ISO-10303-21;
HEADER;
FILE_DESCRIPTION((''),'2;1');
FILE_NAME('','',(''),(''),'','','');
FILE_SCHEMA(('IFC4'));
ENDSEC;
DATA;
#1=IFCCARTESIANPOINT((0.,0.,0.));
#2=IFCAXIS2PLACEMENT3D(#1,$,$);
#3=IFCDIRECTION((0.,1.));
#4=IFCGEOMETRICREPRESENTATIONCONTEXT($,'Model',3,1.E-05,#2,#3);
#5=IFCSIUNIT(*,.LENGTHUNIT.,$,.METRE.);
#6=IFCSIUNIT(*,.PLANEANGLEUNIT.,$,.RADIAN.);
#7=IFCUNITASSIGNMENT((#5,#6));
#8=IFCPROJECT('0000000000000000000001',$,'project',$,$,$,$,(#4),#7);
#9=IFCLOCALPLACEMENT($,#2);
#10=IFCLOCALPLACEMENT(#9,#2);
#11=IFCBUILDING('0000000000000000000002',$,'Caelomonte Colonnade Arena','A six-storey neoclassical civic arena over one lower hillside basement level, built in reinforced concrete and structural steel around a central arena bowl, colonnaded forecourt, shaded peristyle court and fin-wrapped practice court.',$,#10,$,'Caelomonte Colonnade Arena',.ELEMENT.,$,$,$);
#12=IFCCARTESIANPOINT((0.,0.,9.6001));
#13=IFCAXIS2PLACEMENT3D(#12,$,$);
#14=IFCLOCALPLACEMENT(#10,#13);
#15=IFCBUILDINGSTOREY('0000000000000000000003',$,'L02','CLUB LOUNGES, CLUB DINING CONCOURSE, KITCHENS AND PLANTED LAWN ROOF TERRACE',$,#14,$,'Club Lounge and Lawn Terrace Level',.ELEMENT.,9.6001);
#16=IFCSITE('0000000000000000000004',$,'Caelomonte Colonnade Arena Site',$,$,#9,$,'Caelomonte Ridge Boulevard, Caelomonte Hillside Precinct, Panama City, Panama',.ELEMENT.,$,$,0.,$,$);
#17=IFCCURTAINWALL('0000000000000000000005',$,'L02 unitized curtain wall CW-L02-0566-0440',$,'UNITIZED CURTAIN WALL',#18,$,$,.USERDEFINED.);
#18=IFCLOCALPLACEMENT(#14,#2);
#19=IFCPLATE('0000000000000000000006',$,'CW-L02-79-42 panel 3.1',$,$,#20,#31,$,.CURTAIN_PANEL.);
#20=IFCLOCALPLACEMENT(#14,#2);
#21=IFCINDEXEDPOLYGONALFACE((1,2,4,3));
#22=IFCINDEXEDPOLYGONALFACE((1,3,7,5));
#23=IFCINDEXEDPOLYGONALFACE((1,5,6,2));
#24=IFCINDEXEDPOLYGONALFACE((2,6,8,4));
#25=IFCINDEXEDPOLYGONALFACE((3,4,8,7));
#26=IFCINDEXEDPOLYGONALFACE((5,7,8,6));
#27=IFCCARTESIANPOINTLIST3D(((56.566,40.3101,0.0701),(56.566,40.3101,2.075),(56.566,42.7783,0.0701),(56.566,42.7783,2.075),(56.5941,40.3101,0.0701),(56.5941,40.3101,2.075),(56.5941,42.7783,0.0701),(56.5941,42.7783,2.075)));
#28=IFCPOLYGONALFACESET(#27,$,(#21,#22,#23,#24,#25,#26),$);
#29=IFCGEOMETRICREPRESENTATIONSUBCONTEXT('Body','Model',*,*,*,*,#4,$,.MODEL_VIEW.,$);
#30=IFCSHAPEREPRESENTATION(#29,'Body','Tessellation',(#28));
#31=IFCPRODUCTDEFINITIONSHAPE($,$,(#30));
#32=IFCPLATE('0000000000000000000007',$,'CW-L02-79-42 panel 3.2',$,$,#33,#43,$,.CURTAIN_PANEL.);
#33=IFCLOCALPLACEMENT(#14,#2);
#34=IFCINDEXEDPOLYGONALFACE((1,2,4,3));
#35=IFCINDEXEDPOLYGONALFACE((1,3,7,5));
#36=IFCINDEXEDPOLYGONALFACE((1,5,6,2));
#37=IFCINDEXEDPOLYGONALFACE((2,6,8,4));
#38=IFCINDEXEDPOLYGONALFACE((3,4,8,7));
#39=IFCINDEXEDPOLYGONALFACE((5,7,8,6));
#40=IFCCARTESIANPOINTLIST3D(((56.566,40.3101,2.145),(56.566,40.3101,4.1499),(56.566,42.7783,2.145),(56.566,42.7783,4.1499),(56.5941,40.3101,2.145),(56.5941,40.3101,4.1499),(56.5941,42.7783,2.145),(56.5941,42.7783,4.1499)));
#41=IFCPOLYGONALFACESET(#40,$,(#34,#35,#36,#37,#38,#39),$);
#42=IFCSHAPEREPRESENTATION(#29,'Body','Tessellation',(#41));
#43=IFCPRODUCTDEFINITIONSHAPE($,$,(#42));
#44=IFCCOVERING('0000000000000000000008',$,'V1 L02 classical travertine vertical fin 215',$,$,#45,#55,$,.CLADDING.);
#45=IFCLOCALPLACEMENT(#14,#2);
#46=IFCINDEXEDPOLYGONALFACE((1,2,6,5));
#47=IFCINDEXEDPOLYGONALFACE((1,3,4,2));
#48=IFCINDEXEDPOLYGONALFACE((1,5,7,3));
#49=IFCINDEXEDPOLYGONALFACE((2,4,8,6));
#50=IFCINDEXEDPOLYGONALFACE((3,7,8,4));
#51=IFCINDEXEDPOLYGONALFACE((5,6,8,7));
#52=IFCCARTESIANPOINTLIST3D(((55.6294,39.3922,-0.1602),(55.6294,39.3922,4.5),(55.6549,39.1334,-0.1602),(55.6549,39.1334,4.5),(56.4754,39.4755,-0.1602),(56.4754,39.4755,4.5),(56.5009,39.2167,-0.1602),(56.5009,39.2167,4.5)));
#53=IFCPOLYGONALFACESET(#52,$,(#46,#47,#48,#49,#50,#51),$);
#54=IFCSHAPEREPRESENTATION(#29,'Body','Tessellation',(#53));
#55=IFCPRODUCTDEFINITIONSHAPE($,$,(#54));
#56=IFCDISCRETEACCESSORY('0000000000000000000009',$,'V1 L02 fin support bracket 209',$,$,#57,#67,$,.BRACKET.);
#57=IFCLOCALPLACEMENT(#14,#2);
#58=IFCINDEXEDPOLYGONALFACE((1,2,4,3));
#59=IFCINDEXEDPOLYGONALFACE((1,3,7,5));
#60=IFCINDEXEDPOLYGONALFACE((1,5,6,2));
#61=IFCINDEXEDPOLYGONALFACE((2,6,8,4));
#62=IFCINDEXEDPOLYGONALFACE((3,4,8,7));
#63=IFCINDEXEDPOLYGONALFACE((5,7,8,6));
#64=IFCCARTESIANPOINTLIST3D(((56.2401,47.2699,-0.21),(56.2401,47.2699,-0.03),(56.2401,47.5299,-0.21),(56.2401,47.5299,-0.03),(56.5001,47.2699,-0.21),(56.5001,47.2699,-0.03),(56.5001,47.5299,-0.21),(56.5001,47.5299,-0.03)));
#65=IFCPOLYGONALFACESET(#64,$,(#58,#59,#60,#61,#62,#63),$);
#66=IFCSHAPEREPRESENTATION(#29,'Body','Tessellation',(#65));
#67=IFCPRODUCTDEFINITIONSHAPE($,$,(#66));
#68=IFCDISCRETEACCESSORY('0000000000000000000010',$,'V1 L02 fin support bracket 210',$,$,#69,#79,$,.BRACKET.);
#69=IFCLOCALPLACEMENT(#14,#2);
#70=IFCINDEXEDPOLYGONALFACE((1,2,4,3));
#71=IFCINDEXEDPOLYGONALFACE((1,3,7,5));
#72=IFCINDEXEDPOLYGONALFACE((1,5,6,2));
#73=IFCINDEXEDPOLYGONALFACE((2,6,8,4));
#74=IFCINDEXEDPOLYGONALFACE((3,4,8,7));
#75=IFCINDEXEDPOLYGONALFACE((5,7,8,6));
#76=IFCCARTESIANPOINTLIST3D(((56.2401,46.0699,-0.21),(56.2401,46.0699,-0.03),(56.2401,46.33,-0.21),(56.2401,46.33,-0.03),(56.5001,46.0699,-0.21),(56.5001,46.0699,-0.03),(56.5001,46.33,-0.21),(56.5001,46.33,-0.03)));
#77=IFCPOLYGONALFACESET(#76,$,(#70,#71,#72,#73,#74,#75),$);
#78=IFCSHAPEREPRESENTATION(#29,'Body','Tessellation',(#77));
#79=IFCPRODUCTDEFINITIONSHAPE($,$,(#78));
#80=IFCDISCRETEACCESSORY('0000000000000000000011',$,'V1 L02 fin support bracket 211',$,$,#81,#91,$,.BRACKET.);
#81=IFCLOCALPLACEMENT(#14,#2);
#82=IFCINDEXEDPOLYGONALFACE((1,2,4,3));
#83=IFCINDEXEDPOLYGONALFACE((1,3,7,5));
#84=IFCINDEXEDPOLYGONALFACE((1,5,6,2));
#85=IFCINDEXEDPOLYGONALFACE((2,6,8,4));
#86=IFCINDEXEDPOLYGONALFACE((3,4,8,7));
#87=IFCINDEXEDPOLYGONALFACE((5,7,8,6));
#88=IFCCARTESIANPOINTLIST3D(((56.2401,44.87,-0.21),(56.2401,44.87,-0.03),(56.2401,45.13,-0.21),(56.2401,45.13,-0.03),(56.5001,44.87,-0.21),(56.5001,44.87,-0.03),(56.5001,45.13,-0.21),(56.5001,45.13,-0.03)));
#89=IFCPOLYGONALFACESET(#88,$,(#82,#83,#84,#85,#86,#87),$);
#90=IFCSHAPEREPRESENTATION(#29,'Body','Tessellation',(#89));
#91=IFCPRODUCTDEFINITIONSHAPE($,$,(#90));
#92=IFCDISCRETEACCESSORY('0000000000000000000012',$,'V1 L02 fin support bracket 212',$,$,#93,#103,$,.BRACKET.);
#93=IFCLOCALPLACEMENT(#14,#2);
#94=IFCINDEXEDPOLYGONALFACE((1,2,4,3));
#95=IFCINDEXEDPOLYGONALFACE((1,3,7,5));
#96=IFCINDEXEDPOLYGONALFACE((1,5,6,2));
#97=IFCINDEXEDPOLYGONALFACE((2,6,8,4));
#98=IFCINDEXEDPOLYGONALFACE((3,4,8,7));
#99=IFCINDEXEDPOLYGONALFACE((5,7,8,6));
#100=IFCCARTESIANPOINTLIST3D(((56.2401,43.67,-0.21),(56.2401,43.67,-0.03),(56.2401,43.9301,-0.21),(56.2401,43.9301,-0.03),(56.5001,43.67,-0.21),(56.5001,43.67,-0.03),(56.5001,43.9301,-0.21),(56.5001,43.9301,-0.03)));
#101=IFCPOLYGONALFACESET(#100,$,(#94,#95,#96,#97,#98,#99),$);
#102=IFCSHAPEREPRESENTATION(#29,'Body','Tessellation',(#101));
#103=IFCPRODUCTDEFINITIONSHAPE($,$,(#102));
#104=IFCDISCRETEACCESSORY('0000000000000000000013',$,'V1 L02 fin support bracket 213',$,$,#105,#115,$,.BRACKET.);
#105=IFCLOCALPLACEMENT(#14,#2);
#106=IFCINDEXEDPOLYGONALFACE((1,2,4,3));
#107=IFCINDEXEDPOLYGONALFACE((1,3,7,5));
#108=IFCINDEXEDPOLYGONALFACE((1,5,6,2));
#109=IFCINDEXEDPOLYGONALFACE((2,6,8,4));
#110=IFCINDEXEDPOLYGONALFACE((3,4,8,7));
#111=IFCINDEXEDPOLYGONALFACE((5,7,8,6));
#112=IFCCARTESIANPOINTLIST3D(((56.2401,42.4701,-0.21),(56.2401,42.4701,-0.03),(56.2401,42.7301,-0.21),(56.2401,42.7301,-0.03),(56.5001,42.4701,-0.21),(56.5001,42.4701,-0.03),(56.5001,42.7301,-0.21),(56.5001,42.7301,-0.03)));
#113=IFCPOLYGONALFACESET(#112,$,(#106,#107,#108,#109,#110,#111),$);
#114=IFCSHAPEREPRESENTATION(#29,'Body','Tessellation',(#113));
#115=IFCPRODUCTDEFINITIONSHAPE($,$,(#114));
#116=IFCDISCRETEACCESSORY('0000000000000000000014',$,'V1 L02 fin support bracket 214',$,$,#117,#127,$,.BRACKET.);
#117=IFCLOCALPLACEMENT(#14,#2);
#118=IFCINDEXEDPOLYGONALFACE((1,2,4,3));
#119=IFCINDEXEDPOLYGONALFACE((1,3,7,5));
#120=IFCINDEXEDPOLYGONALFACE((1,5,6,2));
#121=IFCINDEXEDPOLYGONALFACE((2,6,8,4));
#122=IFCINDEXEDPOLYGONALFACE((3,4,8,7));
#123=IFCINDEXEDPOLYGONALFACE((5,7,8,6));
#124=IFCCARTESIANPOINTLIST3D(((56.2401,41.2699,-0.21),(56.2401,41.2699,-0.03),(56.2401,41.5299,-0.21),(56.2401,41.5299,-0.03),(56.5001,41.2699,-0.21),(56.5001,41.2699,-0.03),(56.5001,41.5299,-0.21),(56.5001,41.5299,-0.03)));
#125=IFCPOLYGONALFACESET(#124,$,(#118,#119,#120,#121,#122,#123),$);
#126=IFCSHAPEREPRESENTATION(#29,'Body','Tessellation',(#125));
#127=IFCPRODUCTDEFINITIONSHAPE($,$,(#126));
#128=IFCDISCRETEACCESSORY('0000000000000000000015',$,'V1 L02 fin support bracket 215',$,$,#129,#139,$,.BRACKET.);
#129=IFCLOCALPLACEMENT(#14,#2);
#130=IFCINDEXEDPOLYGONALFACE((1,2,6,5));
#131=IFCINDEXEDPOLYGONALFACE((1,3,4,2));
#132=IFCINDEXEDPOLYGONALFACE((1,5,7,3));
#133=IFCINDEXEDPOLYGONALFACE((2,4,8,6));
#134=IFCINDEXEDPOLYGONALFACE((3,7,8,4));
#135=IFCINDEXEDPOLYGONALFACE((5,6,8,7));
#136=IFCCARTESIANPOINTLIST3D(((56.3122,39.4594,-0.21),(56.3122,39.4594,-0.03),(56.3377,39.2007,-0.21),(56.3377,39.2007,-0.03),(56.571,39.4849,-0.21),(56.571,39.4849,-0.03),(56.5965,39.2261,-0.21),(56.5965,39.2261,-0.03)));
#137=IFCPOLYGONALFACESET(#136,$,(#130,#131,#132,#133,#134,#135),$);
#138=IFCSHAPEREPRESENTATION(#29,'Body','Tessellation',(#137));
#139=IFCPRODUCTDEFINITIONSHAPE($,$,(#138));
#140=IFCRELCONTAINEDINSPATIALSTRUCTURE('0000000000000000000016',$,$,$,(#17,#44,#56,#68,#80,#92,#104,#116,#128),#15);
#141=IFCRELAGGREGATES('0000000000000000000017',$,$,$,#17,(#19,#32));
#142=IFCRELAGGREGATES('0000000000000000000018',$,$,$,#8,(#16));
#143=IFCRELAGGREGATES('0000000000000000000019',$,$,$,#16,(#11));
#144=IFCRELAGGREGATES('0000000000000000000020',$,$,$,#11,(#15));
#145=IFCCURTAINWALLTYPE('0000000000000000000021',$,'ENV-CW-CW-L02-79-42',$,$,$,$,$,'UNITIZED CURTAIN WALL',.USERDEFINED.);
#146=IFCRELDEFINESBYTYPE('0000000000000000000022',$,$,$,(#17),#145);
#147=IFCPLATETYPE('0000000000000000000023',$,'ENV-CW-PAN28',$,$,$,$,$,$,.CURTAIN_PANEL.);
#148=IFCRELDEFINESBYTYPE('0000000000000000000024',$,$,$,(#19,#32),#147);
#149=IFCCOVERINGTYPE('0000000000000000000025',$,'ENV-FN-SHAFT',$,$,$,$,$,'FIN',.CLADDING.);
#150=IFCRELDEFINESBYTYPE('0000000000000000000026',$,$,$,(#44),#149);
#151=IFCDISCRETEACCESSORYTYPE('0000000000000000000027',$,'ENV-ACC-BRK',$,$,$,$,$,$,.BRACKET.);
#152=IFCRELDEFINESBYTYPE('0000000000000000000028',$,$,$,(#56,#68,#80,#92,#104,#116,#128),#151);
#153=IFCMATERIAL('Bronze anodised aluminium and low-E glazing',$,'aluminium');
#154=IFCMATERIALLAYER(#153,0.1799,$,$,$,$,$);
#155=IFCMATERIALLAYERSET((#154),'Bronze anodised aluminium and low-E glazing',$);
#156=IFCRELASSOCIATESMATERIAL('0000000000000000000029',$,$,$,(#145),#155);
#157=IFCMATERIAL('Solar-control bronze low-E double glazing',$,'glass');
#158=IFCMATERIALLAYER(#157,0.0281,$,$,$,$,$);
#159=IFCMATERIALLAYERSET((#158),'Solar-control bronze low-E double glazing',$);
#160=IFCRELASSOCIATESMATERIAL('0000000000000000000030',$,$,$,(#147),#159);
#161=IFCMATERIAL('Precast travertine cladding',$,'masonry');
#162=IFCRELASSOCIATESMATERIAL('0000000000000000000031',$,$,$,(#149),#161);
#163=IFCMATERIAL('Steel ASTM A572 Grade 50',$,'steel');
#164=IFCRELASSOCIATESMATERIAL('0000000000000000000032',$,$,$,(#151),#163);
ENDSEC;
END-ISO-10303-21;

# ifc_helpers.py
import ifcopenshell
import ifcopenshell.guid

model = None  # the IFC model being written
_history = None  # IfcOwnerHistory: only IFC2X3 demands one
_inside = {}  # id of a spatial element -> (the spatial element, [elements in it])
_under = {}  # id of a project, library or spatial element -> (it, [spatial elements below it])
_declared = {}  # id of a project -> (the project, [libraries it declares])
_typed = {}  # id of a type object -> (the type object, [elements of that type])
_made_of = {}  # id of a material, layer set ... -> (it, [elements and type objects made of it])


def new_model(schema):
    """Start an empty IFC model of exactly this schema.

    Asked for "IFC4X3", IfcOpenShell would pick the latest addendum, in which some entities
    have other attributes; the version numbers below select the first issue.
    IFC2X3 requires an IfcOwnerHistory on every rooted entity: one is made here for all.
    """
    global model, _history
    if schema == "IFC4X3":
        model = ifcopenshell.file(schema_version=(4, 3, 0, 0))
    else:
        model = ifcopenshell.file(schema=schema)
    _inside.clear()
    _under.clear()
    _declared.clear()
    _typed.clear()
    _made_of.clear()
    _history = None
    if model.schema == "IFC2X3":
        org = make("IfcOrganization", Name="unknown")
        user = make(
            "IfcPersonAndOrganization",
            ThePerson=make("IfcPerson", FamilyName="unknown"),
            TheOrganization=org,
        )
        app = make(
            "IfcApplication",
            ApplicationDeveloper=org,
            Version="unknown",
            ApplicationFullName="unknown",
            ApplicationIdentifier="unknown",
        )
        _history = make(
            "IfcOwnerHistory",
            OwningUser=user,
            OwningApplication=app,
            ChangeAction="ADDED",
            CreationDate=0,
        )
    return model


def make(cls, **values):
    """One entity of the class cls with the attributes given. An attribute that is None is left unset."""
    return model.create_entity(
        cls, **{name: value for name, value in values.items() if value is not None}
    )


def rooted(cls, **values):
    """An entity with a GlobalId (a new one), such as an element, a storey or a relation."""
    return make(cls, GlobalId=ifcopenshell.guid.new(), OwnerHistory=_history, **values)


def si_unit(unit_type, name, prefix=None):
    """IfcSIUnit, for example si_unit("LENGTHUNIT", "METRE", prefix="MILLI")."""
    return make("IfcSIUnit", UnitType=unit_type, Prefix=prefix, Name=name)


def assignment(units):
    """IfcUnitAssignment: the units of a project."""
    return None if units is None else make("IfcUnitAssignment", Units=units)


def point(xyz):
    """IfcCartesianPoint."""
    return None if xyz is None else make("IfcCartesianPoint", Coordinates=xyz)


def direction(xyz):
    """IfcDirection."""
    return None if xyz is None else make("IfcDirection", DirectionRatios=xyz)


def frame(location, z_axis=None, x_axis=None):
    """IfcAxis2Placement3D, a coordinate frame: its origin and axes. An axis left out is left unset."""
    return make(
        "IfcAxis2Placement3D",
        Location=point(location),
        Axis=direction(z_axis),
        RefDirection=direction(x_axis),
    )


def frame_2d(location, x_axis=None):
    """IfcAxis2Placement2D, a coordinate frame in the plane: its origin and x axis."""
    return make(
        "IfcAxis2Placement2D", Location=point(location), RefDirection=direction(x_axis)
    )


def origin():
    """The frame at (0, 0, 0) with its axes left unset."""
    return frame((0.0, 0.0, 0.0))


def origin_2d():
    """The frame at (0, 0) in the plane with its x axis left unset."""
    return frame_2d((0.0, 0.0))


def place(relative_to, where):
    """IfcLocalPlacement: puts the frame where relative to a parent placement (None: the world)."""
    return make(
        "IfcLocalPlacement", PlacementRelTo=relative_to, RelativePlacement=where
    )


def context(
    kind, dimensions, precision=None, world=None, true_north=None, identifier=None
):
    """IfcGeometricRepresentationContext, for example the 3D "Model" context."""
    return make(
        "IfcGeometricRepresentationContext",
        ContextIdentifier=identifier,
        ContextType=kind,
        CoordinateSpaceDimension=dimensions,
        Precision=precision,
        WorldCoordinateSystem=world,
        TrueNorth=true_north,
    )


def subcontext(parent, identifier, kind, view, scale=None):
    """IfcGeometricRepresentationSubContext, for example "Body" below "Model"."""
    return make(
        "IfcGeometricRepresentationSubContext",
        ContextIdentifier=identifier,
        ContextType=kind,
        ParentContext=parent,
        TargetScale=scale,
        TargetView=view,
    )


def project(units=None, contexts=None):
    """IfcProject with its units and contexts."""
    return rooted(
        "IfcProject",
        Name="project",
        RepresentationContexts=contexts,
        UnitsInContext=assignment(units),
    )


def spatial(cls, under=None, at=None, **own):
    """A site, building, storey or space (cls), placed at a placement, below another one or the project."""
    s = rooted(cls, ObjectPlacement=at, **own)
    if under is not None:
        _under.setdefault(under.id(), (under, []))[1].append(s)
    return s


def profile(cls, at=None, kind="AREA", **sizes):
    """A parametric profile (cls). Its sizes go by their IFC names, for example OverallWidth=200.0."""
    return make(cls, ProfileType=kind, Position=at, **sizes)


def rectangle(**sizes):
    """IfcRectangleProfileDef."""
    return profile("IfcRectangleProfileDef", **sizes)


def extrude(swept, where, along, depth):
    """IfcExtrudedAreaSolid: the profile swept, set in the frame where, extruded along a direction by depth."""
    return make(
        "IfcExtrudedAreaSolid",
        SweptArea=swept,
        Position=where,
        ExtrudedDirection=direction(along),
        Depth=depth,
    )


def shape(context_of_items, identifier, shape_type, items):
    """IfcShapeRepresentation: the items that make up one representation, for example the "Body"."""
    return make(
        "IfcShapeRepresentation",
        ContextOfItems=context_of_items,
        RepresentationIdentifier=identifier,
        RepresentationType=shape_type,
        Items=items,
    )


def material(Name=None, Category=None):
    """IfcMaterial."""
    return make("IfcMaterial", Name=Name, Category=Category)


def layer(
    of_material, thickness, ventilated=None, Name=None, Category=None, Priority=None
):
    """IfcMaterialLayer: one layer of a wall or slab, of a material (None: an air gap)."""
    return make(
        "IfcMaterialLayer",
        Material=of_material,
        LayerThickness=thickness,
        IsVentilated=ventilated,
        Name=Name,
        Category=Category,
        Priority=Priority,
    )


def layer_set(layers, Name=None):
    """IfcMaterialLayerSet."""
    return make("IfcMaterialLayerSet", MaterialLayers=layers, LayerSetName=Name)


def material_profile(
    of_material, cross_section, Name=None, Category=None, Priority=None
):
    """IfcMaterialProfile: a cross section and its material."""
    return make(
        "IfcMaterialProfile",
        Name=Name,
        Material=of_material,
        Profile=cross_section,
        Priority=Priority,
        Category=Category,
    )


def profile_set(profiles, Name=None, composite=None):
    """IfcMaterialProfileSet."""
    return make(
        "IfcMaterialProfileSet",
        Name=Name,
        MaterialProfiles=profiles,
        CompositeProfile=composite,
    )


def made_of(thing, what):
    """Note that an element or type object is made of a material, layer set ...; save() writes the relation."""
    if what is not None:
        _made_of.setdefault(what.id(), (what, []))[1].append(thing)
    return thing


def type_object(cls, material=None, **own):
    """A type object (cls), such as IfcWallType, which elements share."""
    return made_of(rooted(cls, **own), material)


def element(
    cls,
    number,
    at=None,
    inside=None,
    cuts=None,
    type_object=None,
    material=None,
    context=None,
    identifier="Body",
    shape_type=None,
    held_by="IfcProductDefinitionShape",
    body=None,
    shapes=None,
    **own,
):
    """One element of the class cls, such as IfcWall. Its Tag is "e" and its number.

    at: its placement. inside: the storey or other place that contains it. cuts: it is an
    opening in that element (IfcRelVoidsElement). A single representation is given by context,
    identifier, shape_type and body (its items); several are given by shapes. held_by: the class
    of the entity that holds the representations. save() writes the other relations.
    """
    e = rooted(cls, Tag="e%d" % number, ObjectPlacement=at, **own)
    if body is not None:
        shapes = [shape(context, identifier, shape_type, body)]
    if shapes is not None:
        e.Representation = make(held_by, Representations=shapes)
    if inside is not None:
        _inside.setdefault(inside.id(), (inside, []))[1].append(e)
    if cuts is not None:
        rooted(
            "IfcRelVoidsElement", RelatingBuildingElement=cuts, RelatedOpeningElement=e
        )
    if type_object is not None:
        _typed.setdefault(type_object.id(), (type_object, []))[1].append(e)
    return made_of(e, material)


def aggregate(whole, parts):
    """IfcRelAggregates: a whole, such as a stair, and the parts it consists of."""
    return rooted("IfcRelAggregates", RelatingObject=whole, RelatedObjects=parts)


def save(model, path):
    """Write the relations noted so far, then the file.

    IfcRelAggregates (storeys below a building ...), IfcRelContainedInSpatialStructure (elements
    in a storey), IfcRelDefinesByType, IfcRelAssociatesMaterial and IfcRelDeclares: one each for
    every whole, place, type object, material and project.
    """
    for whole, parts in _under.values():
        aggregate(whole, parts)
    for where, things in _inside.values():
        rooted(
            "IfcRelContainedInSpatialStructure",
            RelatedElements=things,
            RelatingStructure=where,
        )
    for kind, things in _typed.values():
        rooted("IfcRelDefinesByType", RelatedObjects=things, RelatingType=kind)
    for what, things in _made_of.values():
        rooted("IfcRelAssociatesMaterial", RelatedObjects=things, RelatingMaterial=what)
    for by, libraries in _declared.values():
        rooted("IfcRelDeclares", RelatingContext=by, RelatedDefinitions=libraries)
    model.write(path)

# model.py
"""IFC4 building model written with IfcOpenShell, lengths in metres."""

from ifc_helpers import new_model, si_unit, direction, frame, origin, origin_2d, place, context, subcontext, project, spatial, rectangle, extrude, material, layer, layer_set, material_profile, profile_set, type_object, element, aggregate, save


model = new_model("IFC4")

# Units and contexts
model_context = context("Model", 3, precision=1e-05, world=origin(), true_north=direction((0.0, 1.0)))
body_context = subcontext(model_context, "Body", "Model", "MODEL_VIEW")
ifc_project = project(units=[si_unit("LENGTHUNIT", "METRE"), si_unit("PLANEANGLEUNIT", "RADIAN")], contexts=[model_context])

# Site, building, storey
site_placement = place(None, origin())
site = spatial("IfcSite", under=ifc_project, at=site_placement, Name="Caelomonte Colonnade Arena Site", LongName="Caelomonte Ridge Boulevard, Caelomonte Hillside Precinct, Panama City, Panama", CompositionType="ELEMENT", RefElevation=0.0)
building_placement = place(site_placement, origin())
building = spatial("IfcBuilding", under=site, at=building_placement, Name="Caelomonte Colonnade Arena", Description="A six-storey neoclassical civic arena over one lower hillside basement level, built in reinforced concrete and structural steel around a central arena bowl, colonnaded forecourt, shaded peristyle court and fin-wrapped practice court.", LongName="Caelomonte Colonnade Arena", CompositionType="ELEMENT")
storey_placement = place(building_placement, frame((0.0, 0.0, 9.6001)))
storey = spatial("IfcBuildingStorey", under=building, at=storey_placement, Name="L02", Description="CLUB LOUNGES, CLUB DINING CONCOURSE, KITCHENS AND PLANTED LAWN ROOF TERRACE", LongName="Club Lounge and Lawn Terrace Level", CompositionType="ELEMENT", Elevation=9.6001)

# Curtain wall, plates
ifc_material_1 = material(Name="Bronze anodised aluminium and low-E glazing", Category="aluminium")
ifc_layer_1 = layer(ifc_material_1, 0.1799)
ifc_layer_set_1 = layer_set([ifc_layer_1], Name="Bronze anodised aluminium and low-E glazing")
curtain_wall_type = type_object("IfcCurtainWallType", Name="ENV-CW-CW-L02-79-42", ElementType="UNITIZED CURTAIN WALL", PredefinedType="USERDEFINED", material=ifc_layer_set_1)
curtain_wall_placement = place(storey_placement, origin())
curtain_wall = element("IfcCurtainWall", 1, at=curtain_wall_placement, inside=storey, type_object=curtain_wall_type, Name="L02 unitized curtain wall CW-L02-0566-0440", ObjectType="UNITIZED CURTAIN WALL", PredefinedType="USERDEFINED")
ifc_material_2 = material(Name="Solar-control bronze low-E double glazing", Category="glass")
ifc_layer_2 = layer(ifc_material_2, 0.0281)
ifc_layer_set_2 = layer_set([ifc_layer_2], Name="Solar-control bronze low-E double glazing")
plate_type = type_object("IfcPlateType", Name="ENV-CW-PAN28", PredefinedType="CURTAIN_PANEL", material=ifc_layer_set_2)
plate_1_placement = place(storey_placement, frame((56.5801, 41.5442, 0.0701), z_axis=(0.0, 0.0, 1.0), x_axis=(0.0, -1.0, 0.0)))
plate_1 = element("IfcPlate", 2, at=plate_1_placement, type_object=plate_type, Name="CW-L02-79-42 panel 3.1", PredefinedType="CURTAIN_PANEL", context=body_context, shape_type="SweptSolid", body=[
    extrude(rectangle(XDim=2.4683, YDim=0.0281, at=origin_2d()), origin(), (0.0, 0.0, 1.0), 2.0049),
])
plate_2_placement = place(storey_placement, frame((56.5801, 41.5442, 2.145), z_axis=(0.0, 0.0, 1.0), x_axis=(0.0, -1.0, 0.0)))
plate_2 = element("IfcPlate", 3, at=plate_2_placement, type_object=plate_type, Name="CW-L02-79-42 panel 3.2", PredefinedType="CURTAIN_PANEL", context=body_context, shape_type="SweptSolid", body=[
    extrude(rectangle(XDim=2.4683, YDim=0.0281, at=origin_2d()), origin(), (0.0, 0.0, 1.0), 2.0049),
])
aggregate(curtain_wall, [plate_1, plate_2])

# Covering
ifc_material_3 = material(Name="Precast travertine cladding", Category="masonry")
ifc_material_profile_1 = material_profile(ifc_material_3, rectangle(XDim=0.26, YDim=0.8501, at=origin_2d()), Name="FIN260X850")
ifc_profile_set_1 = profile_set([ifc_material_profile_1], Name="Precast travertine cladding")
covering_type = type_object("IfcCoveringType", Name="ENV-FN-SHAFT", ElementType="FIN", PredefinedType="CLADDING", material=ifc_profile_set_1)
covering_placement = place(storey_placement, frame((56.0652, 39.3044, -0.1602), z_axis=(0.0, 0.0, 1.0), x_axis=(-0.098015, 0.995185, 0.0)))
element("IfcCovering", 4, at=covering_placement, inside=storey, type_object=covering_type, Name="V1 L02 classical travertine vertical fin 215", PredefinedType="CLADDING", context=body_context, shape_type="SweptSolid", body=[
    extrude(rectangle(XDim=0.26, YDim=0.8501, at=origin_2d()), origin(), (0.0, 0.0, 1.0), 4.6602),
])

# Discrete accessories
ifc_material_4 = material(Name="Steel ASTM A572 Grade 50", Category="steel")
discrete_accessory_type = type_object("IfcDiscreteAccessoryType", Name="ENV-ACC-BRK", PredefinedType="BRACKET", material=ifc_material_4)
for number, where, z_axis, x_axis, name in (
    (5, (56.3701, 47.3999, -0.21), (0.0, 0.0, 1.0), (0.0, -1.0, 0.0), "V1 L02 fin support bracket 209"),
    (6, (56.3701, 46.2, -0.21), (0.0, 0.0, 1.0), (0.0, -1.0, 0.0), "V1 L02 fin support bracket 210"),
    (7, (56.3701, 45.0, -0.21), (0.0, 0.0, 1.0), (0.0, -1.0, 0.0), "V1 L02 fin support bracket 211"),
    (8, (56.3701, 43.8, -0.21), (0.0, 0.0, 1.0), (0.0, -1.0, 0.0), "V1 L02 fin support bracket 212"),
    (9, (56.3701, 42.6001, -0.21), (0.0, 0.0, 1.0), (0.0, -1.0, 0.0), "V1 L02 fin support bracket 213"),
    (10, (56.3701, 41.3999, -0.21), (0.0, 0.0, 1.0), (0.0, -1.0, 0.0), "V1 L02 fin support bracket 214"),
    (11, (56.4543, 39.3428, -0.21), (0.0, 0.0, 1.0), (0.098015, -0.995185, 0.0), "V1 L02 fin support bracket 215"),
):
    element("IfcDiscreteAccessory", number, at=place(storey_placement, frame(where, z_axis=z_axis, x_axis=x_axis)), inside=storey, type_object=discrete_accessory_type, Name=name, PredefinedType="BRACKET", context=body_context, shape_type="SweptSolid", body=[
        extrude(rectangle(XDim=0.26, YDim=0.26, at=origin_2d()), origin(), (0.0, 0.0, 1.0), 0.1799),
    ])

save(model, "model.ifc")
